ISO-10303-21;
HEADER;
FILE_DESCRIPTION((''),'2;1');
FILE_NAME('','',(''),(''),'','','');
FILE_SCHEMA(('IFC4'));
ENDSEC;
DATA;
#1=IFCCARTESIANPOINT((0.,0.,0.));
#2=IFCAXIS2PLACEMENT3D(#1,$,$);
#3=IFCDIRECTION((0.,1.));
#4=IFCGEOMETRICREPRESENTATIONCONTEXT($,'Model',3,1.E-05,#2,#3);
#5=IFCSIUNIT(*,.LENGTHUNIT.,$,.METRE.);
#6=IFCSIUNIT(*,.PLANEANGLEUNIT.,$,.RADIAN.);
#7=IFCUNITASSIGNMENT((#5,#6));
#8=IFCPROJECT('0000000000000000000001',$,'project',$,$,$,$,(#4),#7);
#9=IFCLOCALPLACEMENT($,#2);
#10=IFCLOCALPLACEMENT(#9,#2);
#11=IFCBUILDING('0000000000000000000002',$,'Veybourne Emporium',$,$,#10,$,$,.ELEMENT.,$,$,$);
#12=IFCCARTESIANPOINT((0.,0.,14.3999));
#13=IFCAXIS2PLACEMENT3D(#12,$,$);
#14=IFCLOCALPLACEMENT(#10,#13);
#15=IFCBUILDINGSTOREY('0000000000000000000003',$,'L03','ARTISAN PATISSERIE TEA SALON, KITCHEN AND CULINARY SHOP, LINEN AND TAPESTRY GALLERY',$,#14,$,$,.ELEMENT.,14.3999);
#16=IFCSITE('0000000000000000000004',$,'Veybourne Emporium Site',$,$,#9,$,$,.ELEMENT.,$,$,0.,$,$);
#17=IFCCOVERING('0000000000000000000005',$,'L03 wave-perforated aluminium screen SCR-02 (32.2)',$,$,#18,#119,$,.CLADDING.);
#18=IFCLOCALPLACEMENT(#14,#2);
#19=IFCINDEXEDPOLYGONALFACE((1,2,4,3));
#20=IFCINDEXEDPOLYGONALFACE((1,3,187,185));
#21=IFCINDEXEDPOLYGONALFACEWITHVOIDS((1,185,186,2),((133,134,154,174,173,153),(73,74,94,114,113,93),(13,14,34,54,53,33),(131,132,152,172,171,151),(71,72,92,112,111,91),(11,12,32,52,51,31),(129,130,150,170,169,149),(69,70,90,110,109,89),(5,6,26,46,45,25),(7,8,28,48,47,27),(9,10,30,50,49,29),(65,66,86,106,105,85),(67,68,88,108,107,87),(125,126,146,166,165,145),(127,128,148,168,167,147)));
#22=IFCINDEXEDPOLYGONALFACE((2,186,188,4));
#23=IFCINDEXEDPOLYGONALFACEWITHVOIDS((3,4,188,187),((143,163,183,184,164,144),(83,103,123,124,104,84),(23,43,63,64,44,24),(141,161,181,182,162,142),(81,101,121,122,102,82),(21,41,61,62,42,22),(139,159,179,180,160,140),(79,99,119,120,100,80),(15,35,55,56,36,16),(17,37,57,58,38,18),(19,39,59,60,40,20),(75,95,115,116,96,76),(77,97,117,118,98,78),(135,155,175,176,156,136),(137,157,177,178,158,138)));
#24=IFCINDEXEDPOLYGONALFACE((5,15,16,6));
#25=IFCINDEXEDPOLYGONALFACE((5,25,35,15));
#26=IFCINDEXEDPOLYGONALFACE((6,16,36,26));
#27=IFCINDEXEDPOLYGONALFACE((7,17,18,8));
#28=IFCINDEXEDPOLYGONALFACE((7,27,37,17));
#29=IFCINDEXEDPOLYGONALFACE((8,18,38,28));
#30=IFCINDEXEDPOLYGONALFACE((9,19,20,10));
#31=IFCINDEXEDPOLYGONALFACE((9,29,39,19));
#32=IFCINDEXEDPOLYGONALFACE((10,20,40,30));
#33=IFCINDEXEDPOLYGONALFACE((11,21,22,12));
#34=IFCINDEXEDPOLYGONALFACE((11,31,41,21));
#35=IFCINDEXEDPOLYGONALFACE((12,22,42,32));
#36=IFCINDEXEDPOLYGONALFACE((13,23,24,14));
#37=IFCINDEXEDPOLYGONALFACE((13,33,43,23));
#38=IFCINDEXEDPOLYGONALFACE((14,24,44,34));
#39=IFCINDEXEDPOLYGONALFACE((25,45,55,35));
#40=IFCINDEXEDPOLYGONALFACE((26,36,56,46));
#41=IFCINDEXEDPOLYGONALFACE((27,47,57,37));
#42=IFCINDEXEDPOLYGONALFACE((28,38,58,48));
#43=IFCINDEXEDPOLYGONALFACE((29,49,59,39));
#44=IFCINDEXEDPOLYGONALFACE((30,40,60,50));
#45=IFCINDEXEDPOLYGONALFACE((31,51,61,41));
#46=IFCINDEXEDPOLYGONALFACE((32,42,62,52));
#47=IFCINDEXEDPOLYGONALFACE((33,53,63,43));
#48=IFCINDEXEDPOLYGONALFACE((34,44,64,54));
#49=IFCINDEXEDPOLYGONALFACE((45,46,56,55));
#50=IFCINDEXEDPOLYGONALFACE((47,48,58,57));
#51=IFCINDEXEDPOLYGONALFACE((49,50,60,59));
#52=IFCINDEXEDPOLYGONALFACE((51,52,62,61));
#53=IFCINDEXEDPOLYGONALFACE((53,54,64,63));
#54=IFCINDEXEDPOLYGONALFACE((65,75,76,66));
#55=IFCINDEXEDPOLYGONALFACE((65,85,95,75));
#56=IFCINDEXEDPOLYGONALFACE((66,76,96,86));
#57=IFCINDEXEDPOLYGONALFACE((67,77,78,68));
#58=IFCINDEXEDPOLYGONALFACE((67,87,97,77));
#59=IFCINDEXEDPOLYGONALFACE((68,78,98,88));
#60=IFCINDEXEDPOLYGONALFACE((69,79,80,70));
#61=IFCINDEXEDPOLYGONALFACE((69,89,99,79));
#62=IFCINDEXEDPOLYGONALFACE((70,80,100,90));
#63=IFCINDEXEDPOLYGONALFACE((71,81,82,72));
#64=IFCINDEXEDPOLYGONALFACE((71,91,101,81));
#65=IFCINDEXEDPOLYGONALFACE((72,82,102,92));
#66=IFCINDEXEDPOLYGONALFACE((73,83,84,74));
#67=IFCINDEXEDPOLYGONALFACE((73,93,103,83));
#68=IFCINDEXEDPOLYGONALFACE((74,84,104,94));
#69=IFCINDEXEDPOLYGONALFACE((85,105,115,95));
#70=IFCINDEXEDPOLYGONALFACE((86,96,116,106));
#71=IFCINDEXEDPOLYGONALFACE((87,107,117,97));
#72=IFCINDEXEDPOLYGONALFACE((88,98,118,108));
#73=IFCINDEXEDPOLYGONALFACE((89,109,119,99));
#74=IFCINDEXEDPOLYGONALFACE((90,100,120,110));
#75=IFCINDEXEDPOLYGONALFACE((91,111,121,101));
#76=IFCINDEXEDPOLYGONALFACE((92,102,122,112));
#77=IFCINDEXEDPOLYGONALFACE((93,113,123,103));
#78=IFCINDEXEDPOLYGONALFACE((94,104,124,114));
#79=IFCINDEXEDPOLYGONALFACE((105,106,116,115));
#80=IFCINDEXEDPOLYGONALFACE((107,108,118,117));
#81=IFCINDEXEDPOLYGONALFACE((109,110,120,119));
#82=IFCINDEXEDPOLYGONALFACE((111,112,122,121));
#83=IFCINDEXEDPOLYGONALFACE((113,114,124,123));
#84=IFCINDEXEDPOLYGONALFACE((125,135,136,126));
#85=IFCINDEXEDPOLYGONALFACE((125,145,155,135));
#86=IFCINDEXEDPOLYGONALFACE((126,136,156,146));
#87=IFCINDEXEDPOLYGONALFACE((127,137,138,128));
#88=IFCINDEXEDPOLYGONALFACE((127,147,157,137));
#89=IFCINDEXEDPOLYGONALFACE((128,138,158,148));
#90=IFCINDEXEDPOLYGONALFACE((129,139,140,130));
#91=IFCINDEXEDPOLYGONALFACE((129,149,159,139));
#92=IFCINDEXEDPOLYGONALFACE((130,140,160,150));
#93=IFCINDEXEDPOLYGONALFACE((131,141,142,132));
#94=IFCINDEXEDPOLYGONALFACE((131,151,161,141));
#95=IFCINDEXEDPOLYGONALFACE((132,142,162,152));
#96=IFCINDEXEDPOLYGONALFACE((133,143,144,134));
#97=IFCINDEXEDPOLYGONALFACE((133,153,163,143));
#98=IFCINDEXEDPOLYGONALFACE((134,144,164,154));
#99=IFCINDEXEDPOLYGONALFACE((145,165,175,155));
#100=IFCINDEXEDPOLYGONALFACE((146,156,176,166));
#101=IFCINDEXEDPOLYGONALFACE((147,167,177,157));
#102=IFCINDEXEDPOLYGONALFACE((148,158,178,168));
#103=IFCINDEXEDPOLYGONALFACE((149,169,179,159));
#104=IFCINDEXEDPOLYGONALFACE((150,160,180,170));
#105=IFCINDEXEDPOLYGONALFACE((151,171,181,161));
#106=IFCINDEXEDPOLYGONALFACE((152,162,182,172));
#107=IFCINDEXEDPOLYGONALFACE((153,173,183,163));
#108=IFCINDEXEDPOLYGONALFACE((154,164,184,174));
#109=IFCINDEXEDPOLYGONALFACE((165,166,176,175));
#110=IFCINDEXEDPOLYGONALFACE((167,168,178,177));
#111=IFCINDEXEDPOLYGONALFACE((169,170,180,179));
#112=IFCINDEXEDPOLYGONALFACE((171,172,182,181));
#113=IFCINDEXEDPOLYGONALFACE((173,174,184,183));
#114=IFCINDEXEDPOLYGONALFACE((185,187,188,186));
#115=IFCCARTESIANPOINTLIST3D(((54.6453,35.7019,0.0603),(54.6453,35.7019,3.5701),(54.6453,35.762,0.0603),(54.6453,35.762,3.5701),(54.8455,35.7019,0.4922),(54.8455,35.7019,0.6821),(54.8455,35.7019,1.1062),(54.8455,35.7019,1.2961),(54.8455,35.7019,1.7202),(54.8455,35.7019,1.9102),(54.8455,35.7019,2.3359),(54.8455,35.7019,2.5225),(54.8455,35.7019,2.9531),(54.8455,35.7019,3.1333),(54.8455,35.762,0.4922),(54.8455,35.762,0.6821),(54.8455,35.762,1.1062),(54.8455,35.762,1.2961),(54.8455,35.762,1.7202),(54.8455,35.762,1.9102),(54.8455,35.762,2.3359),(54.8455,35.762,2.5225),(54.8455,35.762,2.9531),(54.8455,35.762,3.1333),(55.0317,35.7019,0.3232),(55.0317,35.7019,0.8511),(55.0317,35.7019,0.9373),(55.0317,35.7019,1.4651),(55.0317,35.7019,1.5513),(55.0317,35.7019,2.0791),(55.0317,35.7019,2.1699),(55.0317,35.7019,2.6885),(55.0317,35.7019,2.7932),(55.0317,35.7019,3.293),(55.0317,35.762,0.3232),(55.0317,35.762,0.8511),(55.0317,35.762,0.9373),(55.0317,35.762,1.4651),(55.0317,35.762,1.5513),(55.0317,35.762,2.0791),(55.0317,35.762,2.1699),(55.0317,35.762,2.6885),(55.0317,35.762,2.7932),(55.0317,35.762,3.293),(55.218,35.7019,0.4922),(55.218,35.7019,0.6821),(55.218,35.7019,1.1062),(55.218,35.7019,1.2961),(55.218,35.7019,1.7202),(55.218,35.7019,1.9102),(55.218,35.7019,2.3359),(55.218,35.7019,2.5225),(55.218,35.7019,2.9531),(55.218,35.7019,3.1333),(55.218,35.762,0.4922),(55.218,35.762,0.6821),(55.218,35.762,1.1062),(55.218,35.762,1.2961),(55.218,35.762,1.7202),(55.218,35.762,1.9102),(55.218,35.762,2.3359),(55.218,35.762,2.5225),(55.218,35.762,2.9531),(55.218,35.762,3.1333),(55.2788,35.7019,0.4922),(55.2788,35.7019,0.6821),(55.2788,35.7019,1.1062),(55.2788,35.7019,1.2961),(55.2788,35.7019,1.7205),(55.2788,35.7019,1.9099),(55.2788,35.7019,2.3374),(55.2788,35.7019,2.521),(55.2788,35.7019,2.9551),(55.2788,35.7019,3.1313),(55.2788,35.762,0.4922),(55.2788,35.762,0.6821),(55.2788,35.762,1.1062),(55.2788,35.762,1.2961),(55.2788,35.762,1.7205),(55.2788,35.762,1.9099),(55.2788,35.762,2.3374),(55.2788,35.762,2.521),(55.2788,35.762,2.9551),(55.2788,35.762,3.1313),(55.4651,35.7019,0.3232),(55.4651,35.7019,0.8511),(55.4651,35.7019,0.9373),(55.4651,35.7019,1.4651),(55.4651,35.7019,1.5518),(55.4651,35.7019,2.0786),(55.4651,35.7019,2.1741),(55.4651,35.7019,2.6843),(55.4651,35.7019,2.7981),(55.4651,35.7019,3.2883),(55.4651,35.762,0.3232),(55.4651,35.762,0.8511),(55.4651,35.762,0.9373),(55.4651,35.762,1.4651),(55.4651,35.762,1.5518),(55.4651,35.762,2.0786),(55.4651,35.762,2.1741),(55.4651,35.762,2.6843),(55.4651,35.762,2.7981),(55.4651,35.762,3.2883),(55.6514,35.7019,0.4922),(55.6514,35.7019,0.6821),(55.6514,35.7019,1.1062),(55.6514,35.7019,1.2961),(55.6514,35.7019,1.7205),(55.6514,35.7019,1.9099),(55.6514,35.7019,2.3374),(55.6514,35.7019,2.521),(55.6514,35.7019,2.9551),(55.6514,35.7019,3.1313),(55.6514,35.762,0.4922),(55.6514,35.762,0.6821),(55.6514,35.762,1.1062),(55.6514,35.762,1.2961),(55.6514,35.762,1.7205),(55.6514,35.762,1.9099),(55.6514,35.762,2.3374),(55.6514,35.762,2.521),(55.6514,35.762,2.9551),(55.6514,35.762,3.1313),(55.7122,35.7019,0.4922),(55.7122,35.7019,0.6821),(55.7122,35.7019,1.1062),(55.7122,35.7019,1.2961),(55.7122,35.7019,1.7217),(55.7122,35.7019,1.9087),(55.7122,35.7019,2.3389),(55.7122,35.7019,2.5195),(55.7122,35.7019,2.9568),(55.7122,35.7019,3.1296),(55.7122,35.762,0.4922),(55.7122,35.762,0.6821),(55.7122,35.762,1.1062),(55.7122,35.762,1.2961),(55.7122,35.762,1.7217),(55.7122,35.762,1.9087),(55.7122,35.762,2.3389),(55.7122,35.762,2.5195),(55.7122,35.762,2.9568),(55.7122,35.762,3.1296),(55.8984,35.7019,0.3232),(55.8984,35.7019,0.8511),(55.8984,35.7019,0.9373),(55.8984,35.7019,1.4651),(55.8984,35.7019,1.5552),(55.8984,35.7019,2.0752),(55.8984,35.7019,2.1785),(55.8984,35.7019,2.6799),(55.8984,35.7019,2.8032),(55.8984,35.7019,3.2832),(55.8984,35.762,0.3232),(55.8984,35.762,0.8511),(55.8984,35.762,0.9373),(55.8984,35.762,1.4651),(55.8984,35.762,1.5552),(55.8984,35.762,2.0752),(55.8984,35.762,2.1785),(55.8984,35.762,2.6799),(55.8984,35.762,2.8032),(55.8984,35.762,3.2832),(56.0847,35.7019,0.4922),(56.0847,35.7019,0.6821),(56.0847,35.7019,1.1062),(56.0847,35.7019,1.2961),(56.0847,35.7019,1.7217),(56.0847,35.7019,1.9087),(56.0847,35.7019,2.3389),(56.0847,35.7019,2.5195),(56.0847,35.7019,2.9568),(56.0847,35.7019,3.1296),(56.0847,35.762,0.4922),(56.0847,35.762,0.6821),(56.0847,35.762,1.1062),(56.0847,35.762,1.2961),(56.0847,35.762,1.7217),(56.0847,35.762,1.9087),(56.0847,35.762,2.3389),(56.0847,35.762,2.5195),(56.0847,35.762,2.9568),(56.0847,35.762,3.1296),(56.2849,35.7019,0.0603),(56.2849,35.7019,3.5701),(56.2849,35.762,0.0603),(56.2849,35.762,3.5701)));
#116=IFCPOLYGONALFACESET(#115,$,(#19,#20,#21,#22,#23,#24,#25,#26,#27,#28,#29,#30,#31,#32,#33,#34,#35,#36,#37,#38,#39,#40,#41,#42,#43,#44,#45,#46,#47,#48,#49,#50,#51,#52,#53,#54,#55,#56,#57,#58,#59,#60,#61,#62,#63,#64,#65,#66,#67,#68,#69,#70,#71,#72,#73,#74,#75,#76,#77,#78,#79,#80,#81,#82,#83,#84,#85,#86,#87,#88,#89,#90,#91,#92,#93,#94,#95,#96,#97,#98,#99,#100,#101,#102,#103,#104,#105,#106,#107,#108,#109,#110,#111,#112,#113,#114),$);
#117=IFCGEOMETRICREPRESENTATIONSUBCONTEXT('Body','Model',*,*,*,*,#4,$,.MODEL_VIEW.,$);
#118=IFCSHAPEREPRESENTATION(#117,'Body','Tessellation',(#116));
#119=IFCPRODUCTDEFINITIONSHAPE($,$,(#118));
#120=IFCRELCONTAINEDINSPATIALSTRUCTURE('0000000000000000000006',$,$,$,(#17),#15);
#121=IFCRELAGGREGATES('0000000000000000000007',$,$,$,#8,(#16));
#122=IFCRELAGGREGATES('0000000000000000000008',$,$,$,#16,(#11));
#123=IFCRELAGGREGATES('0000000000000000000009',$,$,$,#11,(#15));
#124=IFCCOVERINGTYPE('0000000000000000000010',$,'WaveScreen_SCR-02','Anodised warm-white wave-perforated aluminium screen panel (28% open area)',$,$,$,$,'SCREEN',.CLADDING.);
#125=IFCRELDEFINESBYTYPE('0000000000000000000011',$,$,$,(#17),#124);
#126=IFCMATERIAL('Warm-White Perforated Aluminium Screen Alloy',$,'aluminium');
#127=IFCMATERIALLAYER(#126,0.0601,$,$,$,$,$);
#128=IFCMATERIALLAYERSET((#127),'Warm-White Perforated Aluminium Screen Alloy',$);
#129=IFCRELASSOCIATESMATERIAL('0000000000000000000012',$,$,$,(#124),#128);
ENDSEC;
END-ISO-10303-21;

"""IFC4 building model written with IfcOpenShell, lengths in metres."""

from ifc_helpers import new_model, si_unit, direction, frame, origin, place, context, subcontext, project, spatial, polyline, outline, extrude, material, layer, layer_set, type_object, element, save


model = new_model("IFC4")

# Units and contexts
model_context = context("Model", 3, precision=1e-05, world=origin(), true_north=direction((0.0, 1.0)))
body_context = subcontext(model_context, "Body", "Model", "MODEL_VIEW")
ifc_project = project(units=[si_unit("LENGTHUNIT", "METRE"), si_unit("PLANEANGLEUNIT", "RADIAN")], contexts=[model_context])

# Site, building, storey
site_placement = place(None, origin())
site = spatial("IfcSite", under=ifc_project, at=site_placement, Name="Veybourne Emporium Site", CompositionType="ELEMENT", RefElevation=0.0)
building_placement = place(site_placement, origin())
building = spatial("IfcBuilding", under=site, at=building_placement, Name="Veybourne Emporium", CompositionType="ELEMENT")
storey_placement = place(building_placement, frame((0.0, 0.0, 14.3999)))
storey = spatial("IfcBuildingStorey", under=building, at=storey_placement, Name="L03", Description="ARTISAN PATISSERIE TEA SALON, KITCHEN AND CULINARY SHOP, LINEN AND TAPESTRY GALLERY", CompositionType="ELEMENT", Elevation=14.3999)

# Covering
ifc_material_1 = material(Name="Warm-White Perforated Aluminium Screen Alloy", Category="aluminium")
ifc_layer_1 = layer(ifc_material_1, 0.0601)
ifc_layer_set_1 = layer_set([ifc_layer_1], Name="Warm-White Perforated Aluminium Screen Alloy")
covering_type_1 = type_object("IfcCoveringType", Name="WaveScreen_SCR-02", Description="Anodised warm-white wave-perforated aluminium screen panel (28% open area)", ElementType="SCREEN", PredefinedType="CLADDING", material=ifc_layer_set_1)
covering_1_placement = place(storey_placement, frame((55.4651, 35.7019, 1.8152), z_axis=(0.0, 1.0, 0.0), x_axis=(-1.0, 0.0, 0.0)))
element("IfcCovering", 1, at=covering_1_placement, inside=storey, type_object=covering_type_1, Name="L03 wave-perforated aluminium screen SCR-02 (32.2)", PredefinedType="CLADDING", context=body_context, shape_type="SweptSolid", body=[
    extrude(outline(polyline([(-0.8198, -1.7549), (0.8198, -1.7549), (0.8198, 1.7549), (-0.8198, 1.7549), (-0.8198, -1.7549)]), holes=[polyline([(-0.4333, -0.9641), (-0.2471, -1.1331), (-0.2471, -1.323), (-0.4333, -1.4919), (-0.6196, -1.323), (-0.6196, -1.1331), (-0.4333, -0.9641)]), polyline([(-0.4333, -0.3501), (-0.2471, -0.519), (-0.2471, -0.709), (-0.4333, -0.8779), (-0.6196, -0.709), (-0.6196, -0.519), (-0.4333, -0.3501)]), polyline([(-0.4333, 0.26), (-0.2471, 0.0935), (-0.2471, -0.0935), (-0.4333, -0.26), (-0.6196, -0.0935), (-0.6196, 0.0935), (-0.4333, 0.26)]), polyline([(-0.4333, 0.8647), (-0.2471, 0.7043), (-0.2471, 0.5237), (-0.4333, 0.3633), (-0.6196, 0.5237), (-0.6196, 0.7043), (-0.4333, 0.8647)]), polyline([(-0.4333, 1.468), (-0.2471, 1.3145), (-0.2471, 1.1416), (-0.4333, 0.988), (-0.6196, 1.1416), (-0.6196, 1.3145), (-0.4333, 1.468)]), polyline([(0.0, -0.9641), (0.1863, -1.1331), (0.1863, -1.323), (0.0, -1.4919), (-0.1863, -1.323), (-0.1863, -1.1331), (0.0, -0.9641)]), polyline([(0.0, -0.3501), (0.1863, -0.519), (0.1863, -0.709), (0.0, -0.8779), (-0.1863, -0.709), (-0.1863, -0.519), (0.0, -0.3501)]), polyline([(0.0, 0.2634), (0.1863, 0.0947), (0.1863, -0.0947), (0.0, -0.2634), (-0.1863, -0.0947), (-0.1863, 0.0947), (0.0, 0.2634)]), polyline([(0.0, 0.8691), (0.1863, 0.7058), (0.1863, 0.5222), (0.0, 0.3589), (-0.1863, 0.5222), (-0.1863, 0.7058), (0.0, 0.8691)]), polyline([(0.0, 1.4731), (0.1863, 1.3162), (0.1863, 1.1399), (0.0, 0.9829), (-0.1863, 1.1399), (-0.1863, 1.3162), (0.0, 1.4731)]), polyline([(0.4333, -0.9641), (0.6196, -1.1331), (0.6196, -1.323), (0.4333, -1.4919), (0.2471, -1.323), (0.2471, -1.1331), (0.4333, -0.9641)]), polyline([(0.4333, -0.3501), (0.6196, -0.519), (0.6196, -0.709), (0.4333, -0.8779), (0.2471, -0.709), (0.2471, -0.519), (0.4333, -0.3501)]), polyline([(0.4333, 0.2639), (0.6196, 0.095), (0.6196, -0.095), (0.4333, -0.2639), (0.2471, -0.095), (0.2471, 0.095), (0.4333, 0.2639)]), polyline([(0.4333, 0.8733), (0.6196, 0.7073), (0.6196, 0.5208), (0.4333, 0.3547), (0.2471, 0.5208), (0.2471, 0.7073), (0.4333, 0.8733)]), polyline([(0.4333, 1.4778), (0.6196, 1.3181), (0.6196, 1.1379), (0.4333, 0.978), (0.2471, 1.1379), (0.2471, 1.3181), (0.4333, 1.4778)])]), origin(), (0.0, 0.0, 1.0), 0.0601),
])

save(model, "model.ifc")
